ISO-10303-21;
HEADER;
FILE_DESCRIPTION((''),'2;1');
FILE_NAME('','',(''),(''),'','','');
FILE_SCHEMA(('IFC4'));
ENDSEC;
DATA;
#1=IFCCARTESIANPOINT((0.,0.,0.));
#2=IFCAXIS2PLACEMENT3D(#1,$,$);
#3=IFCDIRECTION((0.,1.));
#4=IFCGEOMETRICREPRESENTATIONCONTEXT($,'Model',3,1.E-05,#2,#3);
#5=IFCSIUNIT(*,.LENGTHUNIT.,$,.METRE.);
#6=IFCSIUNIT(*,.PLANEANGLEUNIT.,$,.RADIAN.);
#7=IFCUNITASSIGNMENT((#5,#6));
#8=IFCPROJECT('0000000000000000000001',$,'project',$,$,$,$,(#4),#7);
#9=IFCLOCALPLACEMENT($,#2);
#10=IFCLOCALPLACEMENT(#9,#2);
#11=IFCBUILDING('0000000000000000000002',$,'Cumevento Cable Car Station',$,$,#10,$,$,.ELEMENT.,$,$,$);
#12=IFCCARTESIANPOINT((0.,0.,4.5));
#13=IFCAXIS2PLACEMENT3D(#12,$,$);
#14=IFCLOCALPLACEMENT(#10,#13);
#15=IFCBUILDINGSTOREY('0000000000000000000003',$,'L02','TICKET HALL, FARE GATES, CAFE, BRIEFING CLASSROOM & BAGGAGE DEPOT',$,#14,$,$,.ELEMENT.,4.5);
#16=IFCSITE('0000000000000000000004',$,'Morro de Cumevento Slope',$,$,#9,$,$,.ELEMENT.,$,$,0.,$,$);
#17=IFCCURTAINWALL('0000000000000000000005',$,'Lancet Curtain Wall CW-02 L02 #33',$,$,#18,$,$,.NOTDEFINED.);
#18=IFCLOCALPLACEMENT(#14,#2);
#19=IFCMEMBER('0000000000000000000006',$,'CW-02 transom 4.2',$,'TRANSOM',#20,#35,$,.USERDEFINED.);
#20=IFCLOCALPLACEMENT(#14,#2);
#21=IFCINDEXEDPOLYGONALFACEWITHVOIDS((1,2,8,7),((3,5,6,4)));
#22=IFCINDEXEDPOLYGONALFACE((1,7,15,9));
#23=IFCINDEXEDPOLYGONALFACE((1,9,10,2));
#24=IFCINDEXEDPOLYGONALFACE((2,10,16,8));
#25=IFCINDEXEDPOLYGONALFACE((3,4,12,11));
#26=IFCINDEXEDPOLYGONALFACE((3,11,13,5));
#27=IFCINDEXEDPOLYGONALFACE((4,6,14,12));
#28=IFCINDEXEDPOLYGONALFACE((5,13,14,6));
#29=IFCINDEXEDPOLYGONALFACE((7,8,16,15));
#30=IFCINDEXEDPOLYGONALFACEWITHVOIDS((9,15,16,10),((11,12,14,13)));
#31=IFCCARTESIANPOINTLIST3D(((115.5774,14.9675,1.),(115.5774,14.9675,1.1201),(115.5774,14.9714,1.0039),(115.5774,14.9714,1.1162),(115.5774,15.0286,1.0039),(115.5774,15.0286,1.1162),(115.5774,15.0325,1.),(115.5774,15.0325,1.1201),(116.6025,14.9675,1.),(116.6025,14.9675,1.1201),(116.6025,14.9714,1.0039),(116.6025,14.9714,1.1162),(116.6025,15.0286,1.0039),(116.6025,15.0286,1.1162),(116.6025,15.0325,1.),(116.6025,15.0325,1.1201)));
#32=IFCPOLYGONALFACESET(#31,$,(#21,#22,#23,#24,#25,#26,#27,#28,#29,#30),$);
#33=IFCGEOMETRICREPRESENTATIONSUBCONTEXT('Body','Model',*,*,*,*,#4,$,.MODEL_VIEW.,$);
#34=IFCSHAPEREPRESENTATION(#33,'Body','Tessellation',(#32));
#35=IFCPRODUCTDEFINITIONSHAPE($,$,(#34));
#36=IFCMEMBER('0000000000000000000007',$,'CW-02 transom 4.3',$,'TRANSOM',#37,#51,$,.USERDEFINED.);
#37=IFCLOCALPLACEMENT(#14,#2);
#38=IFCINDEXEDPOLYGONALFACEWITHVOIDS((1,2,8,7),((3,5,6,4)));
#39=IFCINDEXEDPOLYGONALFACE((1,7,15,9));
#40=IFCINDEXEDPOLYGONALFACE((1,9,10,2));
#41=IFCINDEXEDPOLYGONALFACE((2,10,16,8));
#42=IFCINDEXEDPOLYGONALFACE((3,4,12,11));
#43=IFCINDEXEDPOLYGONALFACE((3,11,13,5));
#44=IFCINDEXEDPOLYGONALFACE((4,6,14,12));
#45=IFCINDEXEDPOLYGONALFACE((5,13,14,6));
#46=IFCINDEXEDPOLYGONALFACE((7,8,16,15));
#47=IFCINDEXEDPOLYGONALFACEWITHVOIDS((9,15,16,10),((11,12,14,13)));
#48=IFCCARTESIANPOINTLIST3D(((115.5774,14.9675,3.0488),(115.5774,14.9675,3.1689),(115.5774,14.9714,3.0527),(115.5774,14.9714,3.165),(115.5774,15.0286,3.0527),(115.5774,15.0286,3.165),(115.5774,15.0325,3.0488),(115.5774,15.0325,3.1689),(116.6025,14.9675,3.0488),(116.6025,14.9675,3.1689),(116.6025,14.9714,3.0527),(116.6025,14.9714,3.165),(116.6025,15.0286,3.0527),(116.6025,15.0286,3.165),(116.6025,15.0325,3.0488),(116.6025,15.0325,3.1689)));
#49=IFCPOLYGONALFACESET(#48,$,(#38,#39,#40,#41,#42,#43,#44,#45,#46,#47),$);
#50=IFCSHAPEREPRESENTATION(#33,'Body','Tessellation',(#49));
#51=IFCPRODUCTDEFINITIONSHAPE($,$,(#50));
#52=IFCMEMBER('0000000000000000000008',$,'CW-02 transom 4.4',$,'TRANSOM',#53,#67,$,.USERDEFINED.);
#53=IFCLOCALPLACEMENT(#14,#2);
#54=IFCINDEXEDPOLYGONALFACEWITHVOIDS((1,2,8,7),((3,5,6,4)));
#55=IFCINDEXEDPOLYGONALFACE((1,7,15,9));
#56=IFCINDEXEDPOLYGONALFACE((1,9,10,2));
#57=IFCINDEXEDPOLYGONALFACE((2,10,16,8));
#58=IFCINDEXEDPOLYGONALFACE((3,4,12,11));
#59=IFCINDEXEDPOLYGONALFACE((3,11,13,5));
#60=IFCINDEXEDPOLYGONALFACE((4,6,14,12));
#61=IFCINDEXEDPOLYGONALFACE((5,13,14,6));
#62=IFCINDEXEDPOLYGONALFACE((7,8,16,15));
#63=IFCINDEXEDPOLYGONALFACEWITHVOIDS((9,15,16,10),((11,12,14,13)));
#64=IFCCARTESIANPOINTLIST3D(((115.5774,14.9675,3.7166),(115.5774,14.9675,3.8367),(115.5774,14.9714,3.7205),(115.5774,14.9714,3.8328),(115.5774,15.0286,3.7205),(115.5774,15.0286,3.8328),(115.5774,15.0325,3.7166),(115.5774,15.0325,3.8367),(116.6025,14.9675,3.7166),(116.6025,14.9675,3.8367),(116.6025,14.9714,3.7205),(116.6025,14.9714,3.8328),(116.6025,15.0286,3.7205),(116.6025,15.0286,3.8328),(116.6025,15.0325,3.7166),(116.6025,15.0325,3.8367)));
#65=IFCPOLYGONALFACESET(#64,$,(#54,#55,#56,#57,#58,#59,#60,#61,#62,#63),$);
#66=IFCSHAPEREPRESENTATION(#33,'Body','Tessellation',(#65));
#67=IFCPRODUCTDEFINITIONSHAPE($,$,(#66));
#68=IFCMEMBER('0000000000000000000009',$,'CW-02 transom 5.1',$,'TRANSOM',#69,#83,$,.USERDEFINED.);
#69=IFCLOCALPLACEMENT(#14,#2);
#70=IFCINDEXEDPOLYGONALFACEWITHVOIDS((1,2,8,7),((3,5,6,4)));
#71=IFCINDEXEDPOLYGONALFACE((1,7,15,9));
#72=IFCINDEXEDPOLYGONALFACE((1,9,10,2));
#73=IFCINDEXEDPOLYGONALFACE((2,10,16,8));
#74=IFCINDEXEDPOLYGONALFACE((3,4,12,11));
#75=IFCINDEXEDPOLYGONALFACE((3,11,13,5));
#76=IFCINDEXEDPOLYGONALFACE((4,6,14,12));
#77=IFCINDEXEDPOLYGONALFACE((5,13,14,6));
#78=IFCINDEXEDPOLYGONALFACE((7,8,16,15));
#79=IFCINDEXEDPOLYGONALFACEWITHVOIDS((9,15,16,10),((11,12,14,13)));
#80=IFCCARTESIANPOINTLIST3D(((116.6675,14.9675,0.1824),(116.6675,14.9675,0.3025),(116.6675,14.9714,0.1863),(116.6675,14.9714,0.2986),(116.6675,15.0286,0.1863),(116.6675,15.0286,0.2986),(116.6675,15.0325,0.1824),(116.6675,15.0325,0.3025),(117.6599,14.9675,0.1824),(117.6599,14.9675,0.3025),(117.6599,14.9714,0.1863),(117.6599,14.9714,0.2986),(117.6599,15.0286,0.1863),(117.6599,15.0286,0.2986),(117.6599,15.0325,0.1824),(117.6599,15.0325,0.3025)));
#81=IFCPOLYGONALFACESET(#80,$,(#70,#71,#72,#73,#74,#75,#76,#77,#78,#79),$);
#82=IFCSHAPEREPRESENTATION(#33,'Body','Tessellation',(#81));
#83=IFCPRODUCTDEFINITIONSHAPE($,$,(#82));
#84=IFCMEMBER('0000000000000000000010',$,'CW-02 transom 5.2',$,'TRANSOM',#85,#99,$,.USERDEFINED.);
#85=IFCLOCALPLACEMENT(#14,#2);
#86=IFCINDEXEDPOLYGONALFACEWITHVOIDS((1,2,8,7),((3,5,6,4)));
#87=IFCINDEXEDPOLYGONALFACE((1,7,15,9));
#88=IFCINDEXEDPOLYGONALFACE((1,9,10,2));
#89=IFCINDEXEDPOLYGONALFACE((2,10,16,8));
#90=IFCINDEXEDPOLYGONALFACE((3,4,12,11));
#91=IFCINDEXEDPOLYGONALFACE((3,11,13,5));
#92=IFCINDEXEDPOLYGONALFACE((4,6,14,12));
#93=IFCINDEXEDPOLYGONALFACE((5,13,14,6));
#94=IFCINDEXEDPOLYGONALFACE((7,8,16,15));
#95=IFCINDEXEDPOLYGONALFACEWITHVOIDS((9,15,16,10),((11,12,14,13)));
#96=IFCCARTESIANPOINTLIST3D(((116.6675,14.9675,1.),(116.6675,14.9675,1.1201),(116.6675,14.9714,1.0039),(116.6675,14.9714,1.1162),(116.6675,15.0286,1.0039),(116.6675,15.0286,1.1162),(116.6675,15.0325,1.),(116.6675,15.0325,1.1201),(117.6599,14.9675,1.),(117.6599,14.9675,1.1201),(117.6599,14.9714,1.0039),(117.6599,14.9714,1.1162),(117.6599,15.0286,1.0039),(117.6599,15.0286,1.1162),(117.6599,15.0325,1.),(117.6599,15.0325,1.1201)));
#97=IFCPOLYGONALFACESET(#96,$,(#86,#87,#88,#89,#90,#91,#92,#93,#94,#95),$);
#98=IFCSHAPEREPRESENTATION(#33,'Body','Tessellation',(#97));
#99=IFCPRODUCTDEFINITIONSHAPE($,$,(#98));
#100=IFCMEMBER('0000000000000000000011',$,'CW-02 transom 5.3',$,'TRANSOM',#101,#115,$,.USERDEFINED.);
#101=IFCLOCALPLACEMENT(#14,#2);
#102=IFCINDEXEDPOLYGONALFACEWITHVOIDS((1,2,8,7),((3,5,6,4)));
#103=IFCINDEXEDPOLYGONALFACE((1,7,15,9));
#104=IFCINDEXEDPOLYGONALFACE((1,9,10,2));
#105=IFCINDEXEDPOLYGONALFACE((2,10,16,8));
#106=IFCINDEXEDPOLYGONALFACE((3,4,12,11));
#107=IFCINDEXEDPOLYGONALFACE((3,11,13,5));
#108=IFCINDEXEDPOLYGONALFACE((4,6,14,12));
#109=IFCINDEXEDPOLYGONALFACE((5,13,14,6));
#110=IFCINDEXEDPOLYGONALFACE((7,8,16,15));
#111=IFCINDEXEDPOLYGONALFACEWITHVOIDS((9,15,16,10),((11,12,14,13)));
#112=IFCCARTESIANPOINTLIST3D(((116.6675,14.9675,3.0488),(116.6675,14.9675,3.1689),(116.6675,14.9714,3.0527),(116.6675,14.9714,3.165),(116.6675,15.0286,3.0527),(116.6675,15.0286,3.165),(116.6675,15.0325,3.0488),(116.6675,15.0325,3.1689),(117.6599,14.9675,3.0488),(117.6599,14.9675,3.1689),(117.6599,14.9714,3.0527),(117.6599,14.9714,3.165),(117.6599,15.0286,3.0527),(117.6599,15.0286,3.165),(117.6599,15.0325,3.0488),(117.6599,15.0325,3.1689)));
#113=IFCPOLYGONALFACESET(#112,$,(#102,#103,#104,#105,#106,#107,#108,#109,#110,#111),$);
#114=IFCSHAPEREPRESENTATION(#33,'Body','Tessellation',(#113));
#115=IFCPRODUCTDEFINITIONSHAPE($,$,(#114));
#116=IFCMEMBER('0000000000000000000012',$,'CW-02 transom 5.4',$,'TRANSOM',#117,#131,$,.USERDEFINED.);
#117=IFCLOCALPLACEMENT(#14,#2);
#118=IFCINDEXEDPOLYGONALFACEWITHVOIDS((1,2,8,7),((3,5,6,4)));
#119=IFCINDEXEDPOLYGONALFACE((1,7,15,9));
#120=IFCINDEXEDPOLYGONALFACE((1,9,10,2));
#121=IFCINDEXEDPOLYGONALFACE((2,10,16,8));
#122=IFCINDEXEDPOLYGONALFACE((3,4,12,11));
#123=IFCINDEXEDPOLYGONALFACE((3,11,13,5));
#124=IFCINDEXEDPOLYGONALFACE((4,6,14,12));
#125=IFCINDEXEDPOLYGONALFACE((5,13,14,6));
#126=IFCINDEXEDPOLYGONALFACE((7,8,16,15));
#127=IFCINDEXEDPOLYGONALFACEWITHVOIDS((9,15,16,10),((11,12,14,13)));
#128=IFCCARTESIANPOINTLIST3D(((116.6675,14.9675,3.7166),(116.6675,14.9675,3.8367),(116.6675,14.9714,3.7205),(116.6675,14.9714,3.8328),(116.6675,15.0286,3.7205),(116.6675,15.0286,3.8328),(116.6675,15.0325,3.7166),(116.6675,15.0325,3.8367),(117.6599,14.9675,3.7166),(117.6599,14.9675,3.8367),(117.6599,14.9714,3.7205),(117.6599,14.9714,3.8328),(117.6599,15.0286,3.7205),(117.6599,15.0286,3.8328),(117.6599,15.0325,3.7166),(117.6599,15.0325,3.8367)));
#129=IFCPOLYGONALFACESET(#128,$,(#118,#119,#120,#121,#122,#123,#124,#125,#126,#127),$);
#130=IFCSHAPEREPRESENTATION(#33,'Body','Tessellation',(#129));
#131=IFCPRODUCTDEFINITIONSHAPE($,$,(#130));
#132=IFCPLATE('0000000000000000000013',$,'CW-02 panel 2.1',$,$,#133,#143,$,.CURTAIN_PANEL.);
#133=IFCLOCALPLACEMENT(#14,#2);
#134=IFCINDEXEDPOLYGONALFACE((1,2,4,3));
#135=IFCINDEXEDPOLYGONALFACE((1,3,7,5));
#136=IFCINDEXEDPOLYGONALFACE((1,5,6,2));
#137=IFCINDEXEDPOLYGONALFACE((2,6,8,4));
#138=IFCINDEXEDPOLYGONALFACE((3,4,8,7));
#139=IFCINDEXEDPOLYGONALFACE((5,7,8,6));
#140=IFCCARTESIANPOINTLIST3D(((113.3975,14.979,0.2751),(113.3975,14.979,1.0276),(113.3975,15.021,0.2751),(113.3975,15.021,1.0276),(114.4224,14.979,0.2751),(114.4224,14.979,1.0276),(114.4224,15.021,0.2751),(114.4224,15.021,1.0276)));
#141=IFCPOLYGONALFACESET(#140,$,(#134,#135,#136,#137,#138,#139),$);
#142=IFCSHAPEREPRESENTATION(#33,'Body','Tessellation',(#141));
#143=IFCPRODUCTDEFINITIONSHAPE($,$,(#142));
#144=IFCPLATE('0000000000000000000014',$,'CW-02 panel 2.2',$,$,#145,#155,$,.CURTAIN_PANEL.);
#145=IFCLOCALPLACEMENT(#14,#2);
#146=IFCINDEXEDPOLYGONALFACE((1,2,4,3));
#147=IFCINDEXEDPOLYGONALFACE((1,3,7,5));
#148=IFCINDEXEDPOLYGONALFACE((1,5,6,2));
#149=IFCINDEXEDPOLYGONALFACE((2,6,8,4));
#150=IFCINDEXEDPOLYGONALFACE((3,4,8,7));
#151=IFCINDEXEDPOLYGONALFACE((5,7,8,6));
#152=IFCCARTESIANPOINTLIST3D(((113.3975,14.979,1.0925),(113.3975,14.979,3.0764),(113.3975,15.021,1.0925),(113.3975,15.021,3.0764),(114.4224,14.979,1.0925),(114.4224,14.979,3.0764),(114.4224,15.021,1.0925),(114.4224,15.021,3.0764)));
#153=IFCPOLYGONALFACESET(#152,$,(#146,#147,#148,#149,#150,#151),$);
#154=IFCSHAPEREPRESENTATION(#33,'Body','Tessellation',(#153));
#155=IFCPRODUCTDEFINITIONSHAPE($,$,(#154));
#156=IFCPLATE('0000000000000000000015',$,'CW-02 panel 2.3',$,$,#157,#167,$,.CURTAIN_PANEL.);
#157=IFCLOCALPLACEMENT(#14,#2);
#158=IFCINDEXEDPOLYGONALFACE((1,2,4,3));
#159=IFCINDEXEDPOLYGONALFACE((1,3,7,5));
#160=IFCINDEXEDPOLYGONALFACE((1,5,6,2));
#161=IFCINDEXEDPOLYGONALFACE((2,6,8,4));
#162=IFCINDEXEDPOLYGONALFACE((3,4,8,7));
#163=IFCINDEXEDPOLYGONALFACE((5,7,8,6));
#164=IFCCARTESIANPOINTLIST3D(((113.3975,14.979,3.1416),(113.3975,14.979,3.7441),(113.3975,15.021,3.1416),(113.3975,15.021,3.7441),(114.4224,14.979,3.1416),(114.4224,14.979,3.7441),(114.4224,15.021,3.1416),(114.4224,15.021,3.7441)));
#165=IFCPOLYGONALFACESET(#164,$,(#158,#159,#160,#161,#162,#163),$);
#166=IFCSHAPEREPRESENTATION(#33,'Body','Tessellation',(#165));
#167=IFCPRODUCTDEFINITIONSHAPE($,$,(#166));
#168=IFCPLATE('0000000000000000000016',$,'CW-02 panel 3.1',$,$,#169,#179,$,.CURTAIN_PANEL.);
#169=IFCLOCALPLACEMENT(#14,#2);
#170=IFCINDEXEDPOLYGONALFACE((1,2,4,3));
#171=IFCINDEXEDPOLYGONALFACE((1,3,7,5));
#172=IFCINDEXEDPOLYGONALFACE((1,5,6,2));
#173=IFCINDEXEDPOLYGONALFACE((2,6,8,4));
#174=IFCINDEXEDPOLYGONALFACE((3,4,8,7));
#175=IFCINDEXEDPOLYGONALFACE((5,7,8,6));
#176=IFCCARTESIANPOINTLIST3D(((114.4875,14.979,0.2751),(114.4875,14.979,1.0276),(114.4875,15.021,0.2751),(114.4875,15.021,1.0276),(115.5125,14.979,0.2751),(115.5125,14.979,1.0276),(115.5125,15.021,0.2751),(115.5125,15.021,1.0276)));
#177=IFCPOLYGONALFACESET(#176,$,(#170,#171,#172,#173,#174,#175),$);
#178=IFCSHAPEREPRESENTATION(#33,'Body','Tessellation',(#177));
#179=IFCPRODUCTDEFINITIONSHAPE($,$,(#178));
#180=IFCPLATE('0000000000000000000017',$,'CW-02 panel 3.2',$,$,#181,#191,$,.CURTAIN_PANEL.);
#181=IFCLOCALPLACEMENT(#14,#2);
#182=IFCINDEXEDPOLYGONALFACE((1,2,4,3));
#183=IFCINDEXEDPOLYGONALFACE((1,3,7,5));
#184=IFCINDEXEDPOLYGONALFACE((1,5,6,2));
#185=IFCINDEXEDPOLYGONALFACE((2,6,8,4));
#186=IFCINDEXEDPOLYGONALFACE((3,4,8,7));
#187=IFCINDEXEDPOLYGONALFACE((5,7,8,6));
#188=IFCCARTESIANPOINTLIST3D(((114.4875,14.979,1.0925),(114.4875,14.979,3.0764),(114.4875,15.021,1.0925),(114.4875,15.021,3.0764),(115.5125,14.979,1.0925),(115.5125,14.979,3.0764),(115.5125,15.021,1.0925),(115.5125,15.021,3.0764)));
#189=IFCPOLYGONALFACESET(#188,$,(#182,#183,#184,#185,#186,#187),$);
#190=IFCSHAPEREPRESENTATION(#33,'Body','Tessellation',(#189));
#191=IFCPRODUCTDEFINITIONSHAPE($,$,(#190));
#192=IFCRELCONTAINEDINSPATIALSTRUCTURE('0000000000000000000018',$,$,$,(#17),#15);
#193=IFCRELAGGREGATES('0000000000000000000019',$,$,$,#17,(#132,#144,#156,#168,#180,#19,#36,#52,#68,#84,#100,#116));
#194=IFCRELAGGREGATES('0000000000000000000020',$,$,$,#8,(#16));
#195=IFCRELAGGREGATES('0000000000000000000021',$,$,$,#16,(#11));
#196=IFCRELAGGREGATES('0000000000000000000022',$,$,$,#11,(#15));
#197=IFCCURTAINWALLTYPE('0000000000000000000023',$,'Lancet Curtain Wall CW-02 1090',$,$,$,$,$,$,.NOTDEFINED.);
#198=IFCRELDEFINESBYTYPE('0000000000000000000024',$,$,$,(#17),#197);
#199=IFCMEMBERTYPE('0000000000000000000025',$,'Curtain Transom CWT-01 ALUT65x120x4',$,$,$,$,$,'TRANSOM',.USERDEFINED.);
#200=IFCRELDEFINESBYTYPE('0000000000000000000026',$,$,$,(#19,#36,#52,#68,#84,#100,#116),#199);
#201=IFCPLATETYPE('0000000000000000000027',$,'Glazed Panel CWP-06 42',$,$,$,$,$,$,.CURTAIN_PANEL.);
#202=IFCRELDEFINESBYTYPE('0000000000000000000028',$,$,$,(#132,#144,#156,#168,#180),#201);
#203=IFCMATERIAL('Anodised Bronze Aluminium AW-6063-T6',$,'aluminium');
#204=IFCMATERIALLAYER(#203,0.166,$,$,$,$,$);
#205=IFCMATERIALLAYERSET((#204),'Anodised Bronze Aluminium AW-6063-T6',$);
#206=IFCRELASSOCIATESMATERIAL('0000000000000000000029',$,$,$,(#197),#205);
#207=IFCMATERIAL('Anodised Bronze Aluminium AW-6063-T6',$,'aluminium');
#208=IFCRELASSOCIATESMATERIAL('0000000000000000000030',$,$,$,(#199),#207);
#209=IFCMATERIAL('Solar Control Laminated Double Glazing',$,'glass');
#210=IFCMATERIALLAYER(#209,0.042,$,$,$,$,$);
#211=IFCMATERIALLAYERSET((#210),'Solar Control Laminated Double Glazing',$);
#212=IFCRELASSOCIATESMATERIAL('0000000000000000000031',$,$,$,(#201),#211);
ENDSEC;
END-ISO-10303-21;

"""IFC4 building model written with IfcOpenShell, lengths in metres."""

from ifc_helpers import new_model, si_unit, direction, frame, origin, origin_2d, place, context, subcontext, project, spatial, rectangle, hollow_rectangle, extrude, material, layer, layer_set, material_profile, profile_set, type_object, element, aggregate, save


model = new_model("IFC4")

# Units and contexts
model_context = context("Model", 3, precision=1e-05, world=origin(), true_north=direction((0.0, 1.0)))
body_context = subcontext(model_context, "Body", "Model", "MODEL_VIEW")
ifc_project = project(units=[si_unit("LENGTHUNIT", "METRE"), si_unit("PLANEANGLEUNIT", "RADIAN")], contexts=[model_context])

# Site, building, storey
site_placement = place(None, origin())
site = spatial("IfcSite", under=ifc_project, at=site_placement, Name="Morro de Cumevento Slope", CompositionType="ELEMENT", RefElevation=0.0)
building_placement = place(site_placement, origin())
building = spatial("IfcBuilding", under=site, at=building_placement, Name="Cumevento Cable Car Station", CompositionType="ELEMENT")
storey_placement = place(building_placement, frame((0.0, 0.0, 4.5)))
storey = spatial("IfcBuildingStorey", under=building, at=storey_placement, Name="L02", Description="TICKET HALL, FARE GATES, CAFE, BRIEFING CLASSROOM & BAGGAGE DEPOT", CompositionType="ELEMENT", Elevation=4.5)

# Curtain wall, members, plates
ifc_material_1 = material(Name="Anodised Bronze Aluminium AW-6063-T6", Category="aluminium")
ifc_layer_1 = layer(ifc_material_1, 0.166)
ifc_layer_set_1 = layer_set([ifc_layer_1], Name="Anodised Bronze Aluminium AW-6063-T6")
curtain_wall_type = type_object("IfcCurtainWallType", Name="Lancet Curtain Wall CW-02 1090", PredefinedType="NOTDEFINED", material=ifc_layer_set_1)
curtain_wall_placement = place(storey_placement, origin())
curtain_wall = element("IfcCurtainWall", 1, at=curtain_wall_placement, inside=storey, type_object=curtain_wall_type, Name="Lancet Curtain Wall CW-02 L02 #33", PredefinedType="NOTDEFINED")
ifc_material_2 = material(Name="Anodised Bronze Aluminium AW-6063-T6", Category="aluminium")
ifc_material_profile_1 = material_profile(ifc_material_2, hollow_rectangle(XDim=0.0649, YDim=0.1201, WallThickness=0.0039, at=origin_2d()), Name="ALUT65x120x4")
ifc_profile_set_1 = profile_set([ifc_material_profile_1], Name="Anodised Bronze Aluminium AW-6063-T6")
member_type_1 = type_object("IfcMemberType", Name="Curtain Transom CWT-01 ALUT65x120x4", ElementType="TRANSOM", PredefinedType="USERDEFINED", material=ifc_profile_set_1)
member_1_placement = place(storey_placement, frame((115.5774, 15.0, 1.0601), z_axis=(1.0, 0.0, 0.0), x_axis=(0.0, 1.0, 0.0)))
member_1 = element("IfcMember", 2, at=member_1_placement, type_object=member_type_1, Name="CW-02 transom 4.2", ObjectType="TRANSOM", PredefinedType="USERDEFINED", context=body_context, shape_type="SweptSolid", body=[
    extrude(hollow_rectangle(XDim=0.0649, YDim=0.1201, WallThickness=0.0039, at=origin_2d()), origin(), (0.0, 0.0, 1.0), 1.0251),
])
member_2_placement = place(storey_placement, frame((115.5774, 15.0, 3.1089), z_axis=(1.0, 0.0, 0.0), x_axis=(0.0, 1.0, 0.0)))
member_2 = element("IfcMember", 3, at=member_2_placement, type_object=member_type_1, Name="CW-02 transom 4.3", ObjectType="TRANSOM", PredefinedType="USERDEFINED", context=body_context, shape_type="SweptSolid", body=[
    extrude(hollow_rectangle(XDim=0.0649, YDim=0.1201, WallThickness=0.0039, at=origin_2d()), origin(), (0.0, 0.0, 1.0), 1.0251),
])
member_3_placement = place(storey_placement, frame((115.5774, 15.0, 3.7766), z_axis=(1.0, 0.0, 0.0), x_axis=(0.0, 1.0, 0.0)))
member_3 = element("IfcMember", 4, at=member_3_placement, type_object=member_type_1, Name="CW-02 transom 4.4", ObjectType="TRANSOM", PredefinedType="USERDEFINED", context=body_context, shape_type="SweptSolid", body=[
    extrude(hollow_rectangle(XDim=0.0649, YDim=0.1201, WallThickness=0.0039, at=origin_2d()), origin(), (0.0, 0.0, 1.0), 1.0251),
])
member_4_placement = place(storey_placement, frame((116.6675, 15.0, 0.2424), z_axis=(1.0, 0.0, 0.0), x_axis=(0.0, 1.0, 0.0)))
member_4 = element("IfcMember", 5, at=member_4_placement, type_object=member_type_1, Name="CW-02 transom 5.1", ObjectType="TRANSOM", PredefinedType="USERDEFINED", context=body_context, shape_type="SweptSolid", body=[
    extrude(hollow_rectangle(XDim=0.0649, YDim=0.1201, WallThickness=0.0039, at=origin_2d()), origin(), (0.0, 0.0, 1.0), 0.9924),
])
member_5_placement = place(storey_placement, frame((116.6675, 15.0, 1.0601), z_axis=(1.0, 0.0, 0.0), x_axis=(0.0, 1.0, 0.0)))
member_5 = element("IfcMember", 6, at=member_5_placement, type_object=member_type_1, Name="CW-02 transom 5.2", ObjectType="TRANSOM", PredefinedType="USERDEFINED", context=body_context, shape_type="SweptSolid", body=[
    extrude(hollow_rectangle(XDim=0.0649, YDim=0.1201, WallThickness=0.0039, at=origin_2d()), origin(), (0.0, 0.0, 1.0), 0.9924),
])
member_6_placement = place(storey_placement, frame((116.6675, 15.0, 3.1089), z_axis=(1.0, 0.0, 0.0), x_axis=(0.0, 1.0, 0.0)))
member_6 = element("IfcMember", 7, at=member_6_placement, type_object=member_type_1, Name="CW-02 transom 5.3", ObjectType="TRANSOM", PredefinedType="USERDEFINED", context=body_context, shape_type="SweptSolid", body=[
    extrude(hollow_rectangle(XDim=0.0649, YDim=0.1201, WallThickness=0.0039, at=origin_2d()), origin(), (0.0, 0.0, 1.0), 0.9924),
])
member_7_placement = place(storey_placement, frame((116.6675, 15.0, 3.7766), z_axis=(1.0, 0.0, 0.0), x_axis=(0.0, 1.0, 0.0)))
member_7 = element("IfcMember", 8, at=member_7_placement, type_object=member_type_1, Name="CW-02 transom 5.4", ObjectType="TRANSOM", PredefinedType="USERDEFINED", context=body_context, shape_type="SweptSolid", body=[
    extrude(hollow_rectangle(XDim=0.0649, YDim=0.1201, WallThickness=0.0039, at=origin_2d()), origin(), (0.0, 0.0, 1.0), 0.9924),
])
ifc_material_3 = material(Name="Solar Control Laminated Double Glazing", Category="glass")
ifc_layer_2 = layer(ifc_material_3, 0.042)
ifc_layer_set_2 = layer_set([ifc_layer_2], Name="Solar Control Laminated Double Glazing")
plate_type = type_object("IfcPlateType", Name="Glazed Panel CWP-06 42", PredefinedType="CURTAIN_PANEL", material=ifc_layer_set_2)
plate_1_placement = place(storey_placement, frame((113.9099, 15.0, 0.2751), z_axis=(0.0, 0.0, 1.0), x_axis=(1.0, 0.0, 0.0)))
plate_1 = element("IfcPlate", 9, at=plate_1_placement, type_object=plate_type, Name="CW-02 panel 2.1", PredefinedType="CURTAIN_PANEL", context=body_context, shape_type="SweptSolid", body=[
    extrude(rectangle(XDim=1.0249, YDim=0.042, at=origin_2d()), origin(), (0.0, 0.0, 1.0), 0.7524),
])
plate_2_placement = place(storey_placement, frame((113.9099, 15.0, 1.0925), z_axis=(0.0, 0.0, 1.0), x_axis=(1.0, 0.0, 0.0)))
plate_2 = element("IfcPlate", 10, at=plate_2_placement, type_object=plate_type, Name="CW-02 panel 2.2", PredefinedType="CURTAIN_PANEL", context=body_context, shape_type="SweptSolid", body=[
    extrude(rectangle(XDim=1.0249, YDim=0.042, at=origin_2d()), origin(), (0.0, 0.0, 1.0), 1.9839),
])
plate_3_placement = place(storey_placement, frame((113.9099, 15.0, 3.1416), z_axis=(0.0, 0.0, 1.0), x_axis=(1.0, 0.0, 0.0)))
plate_3 = element("IfcPlate", 11, at=plate_3_placement, type_object=plate_type, Name="CW-02 panel 2.3", PredefinedType="CURTAIN_PANEL", context=body_context, shape_type="SweptSolid", body=[
    extrude(rectangle(XDim=1.0249, YDim=0.042, at=origin_2d()), origin(), (0.0, 0.0, 1.0), 0.6025),
])
plate_4_placement = place(storey_placement, frame((115.0, 15.0, 0.2751), z_axis=(0.0, 0.0, 1.0), x_axis=(1.0, 0.0, 0.0)))
plate_4 = element("IfcPlate", 12, at=plate_4_placement, type_object=plate_type, Name="CW-02 panel 3.1", PredefinedType="CURTAIN_PANEL", context=body_context, shape_type="SweptSolid", body=[
    extrude(rectangle(XDim=1.0249, YDim=0.042, at=origin_2d()), origin(), (0.0, 0.0, 1.0), 0.7524),
])
plate_5_placement = place(storey_placement, frame((115.0, 15.0, 1.0925), z_axis=(0.0, 0.0, 1.0), x_axis=(1.0, 0.0, 0.0)))
plate_5 = element("IfcPlate", 13, at=plate_5_placement, type_object=plate_type, Name="CW-02 panel 3.2", PredefinedType="CURTAIN_PANEL", context=body_context, shape_type="SweptSolid", body=[
    extrude(rectangle(XDim=1.0249, YDim=0.042, at=origin_2d()), origin(), (0.0, 0.0, 1.0), 1.9839),
])
aggregate(curtain_wall, [plate_1, plate_2, plate_3, plate_4, plate_5, member_1, member_2, member_3, member_4, member_5, member_6, member_7])

save(model, "model.ifc")
